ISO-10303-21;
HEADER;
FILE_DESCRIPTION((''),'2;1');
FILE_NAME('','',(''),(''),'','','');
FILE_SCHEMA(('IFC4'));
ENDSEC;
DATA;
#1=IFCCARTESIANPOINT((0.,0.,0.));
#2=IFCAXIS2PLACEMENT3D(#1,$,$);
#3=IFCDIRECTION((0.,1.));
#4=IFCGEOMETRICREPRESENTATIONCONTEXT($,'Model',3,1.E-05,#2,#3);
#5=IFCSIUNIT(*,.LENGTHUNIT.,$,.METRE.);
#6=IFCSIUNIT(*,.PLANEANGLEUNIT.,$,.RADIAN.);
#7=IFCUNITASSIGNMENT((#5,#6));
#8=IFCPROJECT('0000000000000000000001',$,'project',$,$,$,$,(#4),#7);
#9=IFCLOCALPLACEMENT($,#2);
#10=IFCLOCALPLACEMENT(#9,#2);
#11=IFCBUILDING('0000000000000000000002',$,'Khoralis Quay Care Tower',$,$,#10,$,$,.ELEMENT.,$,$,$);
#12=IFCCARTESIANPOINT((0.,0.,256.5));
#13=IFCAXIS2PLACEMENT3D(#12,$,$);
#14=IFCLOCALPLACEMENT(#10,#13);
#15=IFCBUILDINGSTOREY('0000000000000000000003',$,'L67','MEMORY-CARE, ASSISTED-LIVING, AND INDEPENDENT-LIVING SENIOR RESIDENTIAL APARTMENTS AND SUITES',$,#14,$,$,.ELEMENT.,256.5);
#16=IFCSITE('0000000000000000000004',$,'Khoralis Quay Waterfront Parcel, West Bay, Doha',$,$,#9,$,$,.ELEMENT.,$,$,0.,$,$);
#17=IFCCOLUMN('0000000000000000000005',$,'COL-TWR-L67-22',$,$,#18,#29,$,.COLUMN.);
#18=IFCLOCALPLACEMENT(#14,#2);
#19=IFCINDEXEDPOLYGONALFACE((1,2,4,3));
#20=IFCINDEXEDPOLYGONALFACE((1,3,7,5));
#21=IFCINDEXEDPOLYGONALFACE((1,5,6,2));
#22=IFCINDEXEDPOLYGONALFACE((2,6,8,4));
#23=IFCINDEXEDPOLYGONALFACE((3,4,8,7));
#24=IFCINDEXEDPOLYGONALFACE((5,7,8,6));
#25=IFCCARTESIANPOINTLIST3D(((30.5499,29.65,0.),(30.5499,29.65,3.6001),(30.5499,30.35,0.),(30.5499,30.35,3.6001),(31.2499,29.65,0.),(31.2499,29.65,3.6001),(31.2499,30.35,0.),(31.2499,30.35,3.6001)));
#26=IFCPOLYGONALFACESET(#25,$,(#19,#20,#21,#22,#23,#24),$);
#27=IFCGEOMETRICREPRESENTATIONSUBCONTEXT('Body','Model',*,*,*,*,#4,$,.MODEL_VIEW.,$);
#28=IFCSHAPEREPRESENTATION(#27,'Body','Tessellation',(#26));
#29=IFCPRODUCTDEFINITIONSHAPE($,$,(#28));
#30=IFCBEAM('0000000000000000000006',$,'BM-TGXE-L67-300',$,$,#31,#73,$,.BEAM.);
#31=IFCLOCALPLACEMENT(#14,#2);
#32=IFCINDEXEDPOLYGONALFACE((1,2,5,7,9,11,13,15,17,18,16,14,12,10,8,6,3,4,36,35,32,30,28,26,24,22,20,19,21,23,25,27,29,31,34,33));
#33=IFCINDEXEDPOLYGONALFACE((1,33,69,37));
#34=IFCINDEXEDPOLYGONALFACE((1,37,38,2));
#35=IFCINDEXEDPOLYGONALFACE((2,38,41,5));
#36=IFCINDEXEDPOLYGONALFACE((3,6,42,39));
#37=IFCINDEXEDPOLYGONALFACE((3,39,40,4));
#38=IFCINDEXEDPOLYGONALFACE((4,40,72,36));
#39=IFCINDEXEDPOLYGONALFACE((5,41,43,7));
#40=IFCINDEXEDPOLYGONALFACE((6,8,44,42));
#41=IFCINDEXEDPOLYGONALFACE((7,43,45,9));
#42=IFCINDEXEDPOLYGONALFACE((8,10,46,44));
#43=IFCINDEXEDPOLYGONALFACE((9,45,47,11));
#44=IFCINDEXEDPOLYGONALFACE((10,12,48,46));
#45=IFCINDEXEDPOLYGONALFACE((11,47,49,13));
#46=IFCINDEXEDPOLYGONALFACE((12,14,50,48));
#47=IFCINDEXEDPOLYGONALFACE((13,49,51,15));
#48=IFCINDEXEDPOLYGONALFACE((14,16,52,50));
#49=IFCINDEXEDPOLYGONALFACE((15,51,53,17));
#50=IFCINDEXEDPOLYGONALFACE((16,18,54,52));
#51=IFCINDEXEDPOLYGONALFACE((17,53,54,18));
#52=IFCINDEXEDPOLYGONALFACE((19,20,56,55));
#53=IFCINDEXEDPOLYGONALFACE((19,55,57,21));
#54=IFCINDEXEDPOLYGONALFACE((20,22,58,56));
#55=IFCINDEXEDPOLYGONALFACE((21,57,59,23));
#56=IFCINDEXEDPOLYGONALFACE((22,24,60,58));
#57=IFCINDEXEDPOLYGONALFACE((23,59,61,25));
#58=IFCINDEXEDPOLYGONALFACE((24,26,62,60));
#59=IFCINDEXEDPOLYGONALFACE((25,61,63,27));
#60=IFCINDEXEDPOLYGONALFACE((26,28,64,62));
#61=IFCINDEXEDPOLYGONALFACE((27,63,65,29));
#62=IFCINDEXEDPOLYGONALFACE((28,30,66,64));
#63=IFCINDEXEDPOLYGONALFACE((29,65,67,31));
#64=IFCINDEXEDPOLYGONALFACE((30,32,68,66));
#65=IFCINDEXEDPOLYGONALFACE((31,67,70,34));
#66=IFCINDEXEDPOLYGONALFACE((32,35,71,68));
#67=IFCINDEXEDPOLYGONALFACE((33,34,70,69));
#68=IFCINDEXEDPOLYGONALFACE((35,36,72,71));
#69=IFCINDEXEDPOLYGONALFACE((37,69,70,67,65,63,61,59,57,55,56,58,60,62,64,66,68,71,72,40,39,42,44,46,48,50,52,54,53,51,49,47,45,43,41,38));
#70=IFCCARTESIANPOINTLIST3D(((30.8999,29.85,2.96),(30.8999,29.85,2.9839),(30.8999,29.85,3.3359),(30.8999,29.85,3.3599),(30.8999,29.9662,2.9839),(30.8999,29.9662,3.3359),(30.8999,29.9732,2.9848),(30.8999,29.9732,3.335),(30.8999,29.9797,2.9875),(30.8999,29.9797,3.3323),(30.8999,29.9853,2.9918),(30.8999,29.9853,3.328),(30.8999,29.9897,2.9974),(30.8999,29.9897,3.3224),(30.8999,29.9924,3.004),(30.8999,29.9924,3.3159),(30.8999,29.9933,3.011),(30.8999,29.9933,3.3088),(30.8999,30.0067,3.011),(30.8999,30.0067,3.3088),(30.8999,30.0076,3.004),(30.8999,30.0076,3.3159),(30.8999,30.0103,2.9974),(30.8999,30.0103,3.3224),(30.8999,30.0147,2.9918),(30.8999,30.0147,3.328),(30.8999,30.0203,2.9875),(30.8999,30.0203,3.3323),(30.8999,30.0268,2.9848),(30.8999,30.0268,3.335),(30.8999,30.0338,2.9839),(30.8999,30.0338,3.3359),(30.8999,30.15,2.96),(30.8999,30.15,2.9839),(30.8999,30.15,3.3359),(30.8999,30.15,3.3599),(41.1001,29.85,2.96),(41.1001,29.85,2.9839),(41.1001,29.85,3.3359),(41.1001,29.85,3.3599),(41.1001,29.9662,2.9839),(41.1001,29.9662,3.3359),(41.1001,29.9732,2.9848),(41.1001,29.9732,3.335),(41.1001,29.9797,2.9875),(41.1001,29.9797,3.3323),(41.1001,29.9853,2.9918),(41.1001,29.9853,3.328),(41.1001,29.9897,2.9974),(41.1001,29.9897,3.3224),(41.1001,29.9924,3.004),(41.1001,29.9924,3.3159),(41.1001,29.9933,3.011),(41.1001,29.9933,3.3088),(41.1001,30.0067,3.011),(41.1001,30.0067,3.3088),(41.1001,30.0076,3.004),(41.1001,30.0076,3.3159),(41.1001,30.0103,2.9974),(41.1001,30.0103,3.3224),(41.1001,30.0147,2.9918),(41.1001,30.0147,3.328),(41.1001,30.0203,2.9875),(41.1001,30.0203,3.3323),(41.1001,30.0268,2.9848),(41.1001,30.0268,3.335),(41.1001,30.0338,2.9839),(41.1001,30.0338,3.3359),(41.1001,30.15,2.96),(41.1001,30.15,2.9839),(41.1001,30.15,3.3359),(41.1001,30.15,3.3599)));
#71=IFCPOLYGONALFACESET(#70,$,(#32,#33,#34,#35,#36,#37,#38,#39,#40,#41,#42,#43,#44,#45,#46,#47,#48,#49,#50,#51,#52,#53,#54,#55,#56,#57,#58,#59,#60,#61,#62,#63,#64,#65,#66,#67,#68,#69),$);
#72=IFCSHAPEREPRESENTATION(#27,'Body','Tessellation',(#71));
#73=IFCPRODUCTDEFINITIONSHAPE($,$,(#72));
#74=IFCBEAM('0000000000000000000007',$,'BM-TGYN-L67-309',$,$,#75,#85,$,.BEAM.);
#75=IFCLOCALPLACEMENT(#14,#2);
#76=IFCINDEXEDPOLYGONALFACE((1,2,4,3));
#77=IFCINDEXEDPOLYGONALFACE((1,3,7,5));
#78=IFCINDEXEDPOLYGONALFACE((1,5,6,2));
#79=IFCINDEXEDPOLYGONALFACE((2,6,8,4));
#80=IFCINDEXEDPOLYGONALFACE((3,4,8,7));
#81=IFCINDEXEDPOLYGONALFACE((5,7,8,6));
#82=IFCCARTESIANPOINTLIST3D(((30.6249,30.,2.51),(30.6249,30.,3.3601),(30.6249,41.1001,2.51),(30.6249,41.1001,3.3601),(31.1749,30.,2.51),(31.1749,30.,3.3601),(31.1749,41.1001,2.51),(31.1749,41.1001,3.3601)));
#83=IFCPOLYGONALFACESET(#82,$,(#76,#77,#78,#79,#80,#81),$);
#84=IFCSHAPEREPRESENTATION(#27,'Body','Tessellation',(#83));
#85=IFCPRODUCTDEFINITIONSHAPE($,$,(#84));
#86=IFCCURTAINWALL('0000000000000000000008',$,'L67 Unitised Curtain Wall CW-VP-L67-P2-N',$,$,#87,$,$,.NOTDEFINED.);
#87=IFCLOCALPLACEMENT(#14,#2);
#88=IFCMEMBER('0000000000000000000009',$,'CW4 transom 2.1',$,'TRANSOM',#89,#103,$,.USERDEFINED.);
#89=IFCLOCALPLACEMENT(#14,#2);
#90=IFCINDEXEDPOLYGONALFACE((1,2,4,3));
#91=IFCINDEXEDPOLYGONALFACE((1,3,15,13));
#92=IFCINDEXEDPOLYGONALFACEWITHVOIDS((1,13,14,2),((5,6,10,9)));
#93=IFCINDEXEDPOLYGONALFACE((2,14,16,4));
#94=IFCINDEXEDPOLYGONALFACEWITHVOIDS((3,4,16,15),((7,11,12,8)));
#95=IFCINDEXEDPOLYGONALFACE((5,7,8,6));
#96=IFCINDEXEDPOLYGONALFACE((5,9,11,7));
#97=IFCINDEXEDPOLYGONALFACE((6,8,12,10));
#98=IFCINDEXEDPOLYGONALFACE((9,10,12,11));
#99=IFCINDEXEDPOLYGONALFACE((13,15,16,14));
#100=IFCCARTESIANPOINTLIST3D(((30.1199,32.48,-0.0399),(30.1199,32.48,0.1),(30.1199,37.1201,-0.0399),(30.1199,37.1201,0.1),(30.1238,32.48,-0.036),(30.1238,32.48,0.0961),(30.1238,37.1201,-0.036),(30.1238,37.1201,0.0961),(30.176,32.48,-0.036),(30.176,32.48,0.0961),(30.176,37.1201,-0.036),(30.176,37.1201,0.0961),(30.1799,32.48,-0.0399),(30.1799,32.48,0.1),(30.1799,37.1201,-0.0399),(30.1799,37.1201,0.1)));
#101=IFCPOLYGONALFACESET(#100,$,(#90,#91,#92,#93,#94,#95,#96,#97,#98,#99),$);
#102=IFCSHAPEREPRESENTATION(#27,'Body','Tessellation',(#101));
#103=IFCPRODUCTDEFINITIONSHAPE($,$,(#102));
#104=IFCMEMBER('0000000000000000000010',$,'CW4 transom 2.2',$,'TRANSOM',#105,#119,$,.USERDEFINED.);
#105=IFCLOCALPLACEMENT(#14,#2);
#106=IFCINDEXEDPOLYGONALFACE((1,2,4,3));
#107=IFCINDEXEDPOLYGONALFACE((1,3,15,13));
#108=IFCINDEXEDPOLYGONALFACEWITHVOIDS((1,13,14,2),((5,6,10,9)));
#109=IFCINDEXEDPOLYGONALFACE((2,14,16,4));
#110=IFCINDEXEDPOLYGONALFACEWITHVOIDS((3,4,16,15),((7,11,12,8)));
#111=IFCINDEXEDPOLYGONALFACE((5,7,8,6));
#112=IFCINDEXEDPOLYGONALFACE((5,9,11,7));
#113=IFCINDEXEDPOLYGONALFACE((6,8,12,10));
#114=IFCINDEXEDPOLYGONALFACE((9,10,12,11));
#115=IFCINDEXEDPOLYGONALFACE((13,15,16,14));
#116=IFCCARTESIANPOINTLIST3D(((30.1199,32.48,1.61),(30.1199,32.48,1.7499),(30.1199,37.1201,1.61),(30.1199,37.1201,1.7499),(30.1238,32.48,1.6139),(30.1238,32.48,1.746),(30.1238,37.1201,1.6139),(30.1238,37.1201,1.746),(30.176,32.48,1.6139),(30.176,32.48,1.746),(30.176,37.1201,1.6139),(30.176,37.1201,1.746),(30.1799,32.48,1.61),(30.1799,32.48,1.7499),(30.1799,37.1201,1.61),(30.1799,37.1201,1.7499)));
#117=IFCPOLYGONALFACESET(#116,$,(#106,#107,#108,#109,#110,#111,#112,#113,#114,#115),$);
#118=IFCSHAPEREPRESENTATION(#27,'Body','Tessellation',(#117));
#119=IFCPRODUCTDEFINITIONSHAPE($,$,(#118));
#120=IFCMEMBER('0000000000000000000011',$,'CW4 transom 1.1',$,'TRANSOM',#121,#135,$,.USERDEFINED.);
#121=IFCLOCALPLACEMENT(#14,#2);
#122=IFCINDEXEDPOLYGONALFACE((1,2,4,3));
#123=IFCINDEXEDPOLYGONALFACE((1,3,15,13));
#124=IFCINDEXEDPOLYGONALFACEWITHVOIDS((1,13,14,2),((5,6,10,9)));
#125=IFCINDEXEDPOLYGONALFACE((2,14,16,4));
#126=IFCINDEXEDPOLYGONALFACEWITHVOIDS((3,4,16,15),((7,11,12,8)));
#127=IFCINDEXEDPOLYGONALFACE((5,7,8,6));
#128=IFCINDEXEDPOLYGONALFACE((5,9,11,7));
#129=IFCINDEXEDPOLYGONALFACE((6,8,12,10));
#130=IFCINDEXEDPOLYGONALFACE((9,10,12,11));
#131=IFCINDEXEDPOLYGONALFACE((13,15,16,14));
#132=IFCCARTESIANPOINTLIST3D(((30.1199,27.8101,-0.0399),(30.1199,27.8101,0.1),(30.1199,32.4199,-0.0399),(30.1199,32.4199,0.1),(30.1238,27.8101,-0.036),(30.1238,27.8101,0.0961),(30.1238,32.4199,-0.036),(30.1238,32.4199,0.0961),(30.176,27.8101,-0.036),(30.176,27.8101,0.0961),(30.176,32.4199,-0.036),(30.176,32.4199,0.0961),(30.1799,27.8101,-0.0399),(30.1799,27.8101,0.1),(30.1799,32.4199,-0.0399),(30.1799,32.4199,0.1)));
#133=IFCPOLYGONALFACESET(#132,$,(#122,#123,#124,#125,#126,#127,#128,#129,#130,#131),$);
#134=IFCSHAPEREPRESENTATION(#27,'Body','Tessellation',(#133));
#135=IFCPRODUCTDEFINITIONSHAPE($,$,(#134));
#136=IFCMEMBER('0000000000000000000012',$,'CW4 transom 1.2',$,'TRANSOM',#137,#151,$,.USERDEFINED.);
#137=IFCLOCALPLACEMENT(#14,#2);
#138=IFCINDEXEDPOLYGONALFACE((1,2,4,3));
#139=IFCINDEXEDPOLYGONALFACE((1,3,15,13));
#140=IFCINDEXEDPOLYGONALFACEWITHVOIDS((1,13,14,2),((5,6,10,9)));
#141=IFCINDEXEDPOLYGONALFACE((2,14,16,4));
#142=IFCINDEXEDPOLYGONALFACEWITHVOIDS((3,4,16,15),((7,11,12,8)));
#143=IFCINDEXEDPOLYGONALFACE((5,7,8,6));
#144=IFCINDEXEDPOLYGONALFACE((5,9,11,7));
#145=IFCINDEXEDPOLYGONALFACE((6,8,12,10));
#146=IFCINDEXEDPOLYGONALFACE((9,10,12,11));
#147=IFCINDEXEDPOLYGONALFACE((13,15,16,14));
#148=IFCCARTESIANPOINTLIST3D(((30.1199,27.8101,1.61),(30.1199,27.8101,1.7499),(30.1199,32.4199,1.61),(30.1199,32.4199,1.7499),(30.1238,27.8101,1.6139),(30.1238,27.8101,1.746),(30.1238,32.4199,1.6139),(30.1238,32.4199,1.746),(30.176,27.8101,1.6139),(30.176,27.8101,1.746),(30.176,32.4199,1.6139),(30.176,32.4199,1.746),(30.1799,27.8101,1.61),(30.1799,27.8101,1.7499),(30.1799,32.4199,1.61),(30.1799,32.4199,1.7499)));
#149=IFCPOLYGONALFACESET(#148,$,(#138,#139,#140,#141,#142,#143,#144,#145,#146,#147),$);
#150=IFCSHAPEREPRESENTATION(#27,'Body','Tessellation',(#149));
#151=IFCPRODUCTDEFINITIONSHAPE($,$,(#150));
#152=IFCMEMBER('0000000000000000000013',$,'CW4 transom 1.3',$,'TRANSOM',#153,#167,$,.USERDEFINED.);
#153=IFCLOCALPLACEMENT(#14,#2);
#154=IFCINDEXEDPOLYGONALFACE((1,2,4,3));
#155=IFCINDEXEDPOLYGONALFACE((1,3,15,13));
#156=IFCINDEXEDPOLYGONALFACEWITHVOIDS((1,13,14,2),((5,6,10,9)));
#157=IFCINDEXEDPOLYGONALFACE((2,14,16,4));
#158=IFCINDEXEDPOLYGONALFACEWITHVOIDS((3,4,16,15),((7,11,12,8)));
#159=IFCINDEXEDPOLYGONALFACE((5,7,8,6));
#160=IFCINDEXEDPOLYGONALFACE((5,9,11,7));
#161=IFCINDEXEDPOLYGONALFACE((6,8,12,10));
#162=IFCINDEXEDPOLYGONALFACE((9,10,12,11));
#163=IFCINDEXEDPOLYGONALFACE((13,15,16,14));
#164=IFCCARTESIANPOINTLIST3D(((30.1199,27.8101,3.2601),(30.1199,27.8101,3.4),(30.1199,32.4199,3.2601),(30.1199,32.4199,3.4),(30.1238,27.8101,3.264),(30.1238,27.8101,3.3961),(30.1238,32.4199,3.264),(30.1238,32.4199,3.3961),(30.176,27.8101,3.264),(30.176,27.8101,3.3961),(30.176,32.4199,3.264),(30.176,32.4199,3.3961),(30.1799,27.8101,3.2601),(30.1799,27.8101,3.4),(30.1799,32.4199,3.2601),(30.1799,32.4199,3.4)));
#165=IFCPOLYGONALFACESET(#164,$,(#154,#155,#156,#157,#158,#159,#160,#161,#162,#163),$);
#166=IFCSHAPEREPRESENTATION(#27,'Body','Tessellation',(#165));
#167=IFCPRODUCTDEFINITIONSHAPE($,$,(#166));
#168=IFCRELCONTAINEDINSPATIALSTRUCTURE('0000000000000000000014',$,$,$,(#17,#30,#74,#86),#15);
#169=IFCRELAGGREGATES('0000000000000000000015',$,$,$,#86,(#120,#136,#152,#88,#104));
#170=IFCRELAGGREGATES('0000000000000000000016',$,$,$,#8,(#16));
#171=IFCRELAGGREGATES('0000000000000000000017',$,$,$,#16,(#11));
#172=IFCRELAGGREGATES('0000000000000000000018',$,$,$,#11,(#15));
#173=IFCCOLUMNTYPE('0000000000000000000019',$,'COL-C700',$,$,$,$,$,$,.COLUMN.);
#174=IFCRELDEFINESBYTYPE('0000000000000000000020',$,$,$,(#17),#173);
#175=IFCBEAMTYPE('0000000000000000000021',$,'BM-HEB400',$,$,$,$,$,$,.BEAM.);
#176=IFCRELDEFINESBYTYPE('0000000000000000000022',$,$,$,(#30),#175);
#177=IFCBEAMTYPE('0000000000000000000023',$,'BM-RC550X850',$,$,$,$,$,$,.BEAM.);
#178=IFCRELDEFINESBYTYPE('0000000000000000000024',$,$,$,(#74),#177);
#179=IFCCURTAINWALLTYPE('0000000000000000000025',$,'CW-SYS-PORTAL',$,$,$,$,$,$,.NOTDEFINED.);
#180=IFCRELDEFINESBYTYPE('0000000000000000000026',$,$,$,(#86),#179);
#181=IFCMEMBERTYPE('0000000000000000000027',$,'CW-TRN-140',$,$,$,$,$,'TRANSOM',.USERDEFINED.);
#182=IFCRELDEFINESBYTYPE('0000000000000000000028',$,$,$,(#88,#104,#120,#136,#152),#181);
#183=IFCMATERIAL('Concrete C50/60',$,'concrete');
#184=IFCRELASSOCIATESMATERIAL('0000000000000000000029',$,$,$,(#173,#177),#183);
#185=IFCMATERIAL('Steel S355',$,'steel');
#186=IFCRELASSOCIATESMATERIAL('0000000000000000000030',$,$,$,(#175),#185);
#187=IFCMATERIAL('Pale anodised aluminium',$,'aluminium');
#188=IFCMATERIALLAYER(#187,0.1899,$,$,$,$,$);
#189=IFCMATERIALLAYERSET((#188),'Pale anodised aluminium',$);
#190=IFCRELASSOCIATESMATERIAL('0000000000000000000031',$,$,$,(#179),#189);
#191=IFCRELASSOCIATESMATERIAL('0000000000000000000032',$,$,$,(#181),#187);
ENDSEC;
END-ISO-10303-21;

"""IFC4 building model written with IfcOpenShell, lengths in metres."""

from ifc_helpers import new_model, si_unit, direction, frame, origin, origin_2d, place, context, subcontext, project, spatial, rectangle, hollow_rectangle, i_section, extrude, source, transform, mapped, material, layer, layer_set, material_profile, profile_set, type_object, element, aggregate, save


model = new_model("IFC4")

# Units and contexts
model_context = context("Model", 3, precision=1e-05, world=origin(), true_north=direction((0.0, 1.0)))
body_context = subcontext(model_context, "Body", "Model", "MODEL_VIEW")
ifc_project = project(units=[si_unit("LENGTHUNIT", "METRE"), si_unit("PLANEANGLEUNIT", "RADIAN")], contexts=[model_context])

# Site, building, storey
site_placement = place(None, origin())
site = spatial("IfcSite", under=ifc_project, at=site_placement, Name="Khoralis Quay Waterfront Parcel, West Bay, Doha", CompositionType="ELEMENT", RefElevation=0.0)
building_placement = place(site_placement, origin())
building = spatial("IfcBuilding", under=site, at=building_placement, Name="Khoralis Quay Care Tower", CompositionType="ELEMENT")
storey_placement = place(building_placement, frame((0.0, 0.0, 256.5)))
storey = spatial("IfcBuildingStorey", under=building, at=storey_placement, Name="L67", Description="MEMORY-CARE, ASSISTED-LIVING, AND INDEPENDENT-LIVING SENIOR RESIDENTIAL APARTMENTS AND SUITES", CompositionType="ELEMENT", Elevation=256.5)

# Column
ifc_material_1 = material(Name="Concrete C50/60", Category="concrete")
ifc_material_profile_1 = material_profile(ifc_material_1, rectangle(XDim=0.7, YDim=0.7, at=origin_2d()), Name="Concrete C50/60")
ifc_profile_set_1 = profile_set([ifc_material_profile_1], Name="Concrete C50/60")
column_type = type_object("IfcColumnType", Name="COL-C700", PredefinedType="COLUMN", material=ifc_profile_set_1)
shared_shape_1 = source(origin(), body_context, "Body", "SweptSolid", [
    extrude(rectangle(XDim=0.7, YDim=0.7, at=origin_2d()), origin(), (0.0, 0.0, 1.0), 3.6001),
])
column_placement = place(storey_placement, frame((30.8999, 30.0, 0.0), z_axis=(0.0, 0.0, 1.0), x_axis=(1.0, 0.0, 0.0)))
element("IfcColumn", 1, at=column_placement, inside=storey, type_object=column_type, Name="COL-TWR-L67-22", PredefinedType="COLUMN", context=body_context, shape_type="MappedRepresentation", body=[
    mapped(shared_shape_1, transform((0.0, 0.0, 0.0), scale=1.0)),
])

# Beams
ifc_material_2 = material(Name="Steel S355", Category="steel")
ifc_material_profile_2 = material_profile(ifc_material_2, i_section(OverallWidth=0.3, OverallDepth=0.3999, WebThickness=0.0134, FlangeThickness=0.0239, FilletRadius=0.0271, at=origin_2d()), Name="Steel S355")
ifc_profile_set_2 = profile_set([ifc_material_profile_2], Name="Steel S355")
beam_type_1 = type_object("IfcBeamType", Name="BM-HEB400", PredefinedType="BEAM", material=ifc_profile_set_2)
shared_shape_2 = source(origin(), body_context, "Body", "SweptSolid", [
    extrude(i_section(OverallWidth=0.3, OverallDepth=0.3999, WebThickness=0.0134, FlangeThickness=0.0239, FilletRadius=0.0271, at=origin_2d()), origin(), (0.0, 0.0, 1.0), 10.2002),
])
beam_1_placement = place(storey_placement, frame((30.8999, 30.0, 3.1599), z_axis=(1.0, 0.0, 0.0), x_axis=(0.0, 1.0, 0.0)))
element("IfcBeam", 2, at=beam_1_placement, inside=storey, type_object=beam_type_1, Name="BM-TGXE-L67-300", PredefinedType="BEAM", context=body_context, shape_type="MappedRepresentation", body=[
    mapped(shared_shape_2, transform((0.0, 0.0, 0.0), scale=1.0)),
])
ifc_material_profile_3 = material_profile(ifc_material_1, rectangle(XDim=0.55, YDim=0.8501, at=origin_2d()), Name="Concrete C50/60")
ifc_profile_set_3 = profile_set([ifc_material_profile_3], Name="Concrete C50/60")
beam_type_2 = type_object("IfcBeamType", Name="BM-RC550X850", PredefinedType="BEAM", material=ifc_profile_set_3)
shared_shape_3 = source(origin(), body_context, "Body", "SweptSolid", [
    extrude(rectangle(XDim=0.55, YDim=0.8501, at=origin_2d()), origin(), (0.0, 0.0, 1.0), 11.1001),
])
beam_2_placement = place(storey_placement, frame((30.8999, 30.0, 2.9351), z_axis=(0.0, 1.0, 0.0), x_axis=(-1.0, 0.0, 0.0)))
element("IfcBeam", 3, at=beam_2_placement, inside=storey, type_object=beam_type_2, Name="BM-TGYN-L67-309", PredefinedType="BEAM", context=body_context, shape_type="MappedRepresentation", body=[
    mapped(shared_shape_3, transform((0.0, 0.0, 0.0), scale=1.0)),
])

# Curtain wall, members
ifc_material_3 = material(Name="Pale anodised aluminium", Category="aluminium")
ifc_layer_1 = layer(ifc_material_3, 0.1899)
ifc_layer_set_1 = layer_set([ifc_layer_1], Name="Pale anodised aluminium")
curtain_wall_type = type_object("IfcCurtainWallType", Name="CW-SYS-PORTAL", PredefinedType="NOTDEFINED", material=ifc_layer_set_1)
curtain_wall_placement = place(storey_placement, origin())
curtain_wall = element("IfcCurtainWall", 4, at=curtain_wall_placement, inside=storey, type_object=curtain_wall_type, Name="L67 Unitised Curtain Wall CW-VP-L67-P2-N", PredefinedType="NOTDEFINED")
ifc_material_profile_4 = material_profile(ifc_material_3, hollow_rectangle(XDim=0.0601, YDim=0.1399, WallThickness=0.0039, at=origin_2d()), Name="Pale anodised aluminium")
ifc_profile_set_4 = profile_set([ifc_material_profile_4], Name="Pale anodised aluminium")
member_type_1 = type_object("IfcMemberType", Name="CW-TRN-140", ElementType="TRANSOM", PredefinedType="USERDEFINED", material=ifc_profile_set_4)
shared_shape_4 = source(origin(), body_context, "Body", "SweptSolid", [
    extrude(hollow_rectangle(XDim=0.0601, YDim=0.1399, WallThickness=0.0039, at=origin_2d()), origin(), (0.0, 0.0, 1.0), 4.6401),
])
member_1_placement = place(storey_placement, frame((30.1499, 32.48, 0.03), z_axis=(0.0, 1.0, 0.0), x_axis=(-1.0, 0.0, 0.0)))
member_1 = element("IfcMember", 5, at=member_1_placement, type_object=member_type_1, Name="CW4 transom 2.1", ObjectType="TRANSOM", PredefinedType="USERDEFINED", context=body_context, shape_type="MappedRepresentation", body=[
    mapped(shared_shape_4, transform((0.0, 0.0, 0.0), scale=1.0)),
])
member_2_placement = place(storey_placement, frame((30.1499, 32.48, 1.6799), z_axis=(0.0, 1.0, 0.0), x_axis=(-1.0, 0.0, 0.0)))
member_2 = element("IfcMember", 6, at=member_2_placement, type_object=member_type_1, Name="CW4 transom 2.2", ObjectType="TRANSOM", PredefinedType="USERDEFINED", context=body_context, shape_type="MappedRepresentation", body=[
    mapped(shared_shape_4, transform((0.0, 0.0, 0.0), scale=1.0)),
])
shared_shape_5 = source(origin(), body_context, "Body", "SweptSolid", [
    extrude(hollow_rectangle(XDim=0.0601, YDim=0.1399, WallThickness=0.0039, at=origin_2d()), origin(), (0.0, 0.0, 1.0), 4.6099),
])
member_3_placement = place(storey_placement, frame((30.1499, 27.8101, 0.03), z_axis=(0.0, 1.0, 0.0), x_axis=(-1.0, 0.0, 0.0)))
member_3 = element("IfcMember", 7, at=member_3_placement, type_object=member_type_1, Name="CW4 transom 1.1", ObjectType="TRANSOM", PredefinedType="USERDEFINED", context=body_context, shape_type="MappedRepresentation", body=[
    mapped(shared_shape_5, transform((0.0, 0.0, 0.0), scale=1.0)),
])
member_4_placement = place(storey_placement, frame((30.1499, 27.8101, 1.6799), z_axis=(0.0, 1.0, 0.0), x_axis=(-1.0, 0.0, 0.0)))
member_4 = element("IfcMember", 8, at=member_4_placement, type_object=member_type_1, Name="CW4 transom 1.2", ObjectType="TRANSOM", PredefinedType="USERDEFINED", context=body_context, shape_type="MappedRepresentation", body=[
    mapped(shared_shape_5, transform((0.0, 0.0, 0.0), scale=1.0)),
])
member_5_placement = place(storey_placement, frame((30.1499, 27.8101, 3.3301), z_axis=(0.0, 1.0, 0.0), x_axis=(-1.0, 0.0, 0.0)))
member_5 = element("IfcMember", 9, at=member_5_placement, type_object=member_type_1, Name="CW4 transom 1.3", ObjectType="TRANSOM", PredefinedType="USERDEFINED", context=body_context, shape_type="MappedRepresentation", body=[
    mapped(shared_shape_5, transform((0.0, 0.0, 0.0), scale=1.0)),
])
aggregate(curtain_wall, [member_3, member_4, member_5, member_1, member_2])

save(model, "model.ifc")
